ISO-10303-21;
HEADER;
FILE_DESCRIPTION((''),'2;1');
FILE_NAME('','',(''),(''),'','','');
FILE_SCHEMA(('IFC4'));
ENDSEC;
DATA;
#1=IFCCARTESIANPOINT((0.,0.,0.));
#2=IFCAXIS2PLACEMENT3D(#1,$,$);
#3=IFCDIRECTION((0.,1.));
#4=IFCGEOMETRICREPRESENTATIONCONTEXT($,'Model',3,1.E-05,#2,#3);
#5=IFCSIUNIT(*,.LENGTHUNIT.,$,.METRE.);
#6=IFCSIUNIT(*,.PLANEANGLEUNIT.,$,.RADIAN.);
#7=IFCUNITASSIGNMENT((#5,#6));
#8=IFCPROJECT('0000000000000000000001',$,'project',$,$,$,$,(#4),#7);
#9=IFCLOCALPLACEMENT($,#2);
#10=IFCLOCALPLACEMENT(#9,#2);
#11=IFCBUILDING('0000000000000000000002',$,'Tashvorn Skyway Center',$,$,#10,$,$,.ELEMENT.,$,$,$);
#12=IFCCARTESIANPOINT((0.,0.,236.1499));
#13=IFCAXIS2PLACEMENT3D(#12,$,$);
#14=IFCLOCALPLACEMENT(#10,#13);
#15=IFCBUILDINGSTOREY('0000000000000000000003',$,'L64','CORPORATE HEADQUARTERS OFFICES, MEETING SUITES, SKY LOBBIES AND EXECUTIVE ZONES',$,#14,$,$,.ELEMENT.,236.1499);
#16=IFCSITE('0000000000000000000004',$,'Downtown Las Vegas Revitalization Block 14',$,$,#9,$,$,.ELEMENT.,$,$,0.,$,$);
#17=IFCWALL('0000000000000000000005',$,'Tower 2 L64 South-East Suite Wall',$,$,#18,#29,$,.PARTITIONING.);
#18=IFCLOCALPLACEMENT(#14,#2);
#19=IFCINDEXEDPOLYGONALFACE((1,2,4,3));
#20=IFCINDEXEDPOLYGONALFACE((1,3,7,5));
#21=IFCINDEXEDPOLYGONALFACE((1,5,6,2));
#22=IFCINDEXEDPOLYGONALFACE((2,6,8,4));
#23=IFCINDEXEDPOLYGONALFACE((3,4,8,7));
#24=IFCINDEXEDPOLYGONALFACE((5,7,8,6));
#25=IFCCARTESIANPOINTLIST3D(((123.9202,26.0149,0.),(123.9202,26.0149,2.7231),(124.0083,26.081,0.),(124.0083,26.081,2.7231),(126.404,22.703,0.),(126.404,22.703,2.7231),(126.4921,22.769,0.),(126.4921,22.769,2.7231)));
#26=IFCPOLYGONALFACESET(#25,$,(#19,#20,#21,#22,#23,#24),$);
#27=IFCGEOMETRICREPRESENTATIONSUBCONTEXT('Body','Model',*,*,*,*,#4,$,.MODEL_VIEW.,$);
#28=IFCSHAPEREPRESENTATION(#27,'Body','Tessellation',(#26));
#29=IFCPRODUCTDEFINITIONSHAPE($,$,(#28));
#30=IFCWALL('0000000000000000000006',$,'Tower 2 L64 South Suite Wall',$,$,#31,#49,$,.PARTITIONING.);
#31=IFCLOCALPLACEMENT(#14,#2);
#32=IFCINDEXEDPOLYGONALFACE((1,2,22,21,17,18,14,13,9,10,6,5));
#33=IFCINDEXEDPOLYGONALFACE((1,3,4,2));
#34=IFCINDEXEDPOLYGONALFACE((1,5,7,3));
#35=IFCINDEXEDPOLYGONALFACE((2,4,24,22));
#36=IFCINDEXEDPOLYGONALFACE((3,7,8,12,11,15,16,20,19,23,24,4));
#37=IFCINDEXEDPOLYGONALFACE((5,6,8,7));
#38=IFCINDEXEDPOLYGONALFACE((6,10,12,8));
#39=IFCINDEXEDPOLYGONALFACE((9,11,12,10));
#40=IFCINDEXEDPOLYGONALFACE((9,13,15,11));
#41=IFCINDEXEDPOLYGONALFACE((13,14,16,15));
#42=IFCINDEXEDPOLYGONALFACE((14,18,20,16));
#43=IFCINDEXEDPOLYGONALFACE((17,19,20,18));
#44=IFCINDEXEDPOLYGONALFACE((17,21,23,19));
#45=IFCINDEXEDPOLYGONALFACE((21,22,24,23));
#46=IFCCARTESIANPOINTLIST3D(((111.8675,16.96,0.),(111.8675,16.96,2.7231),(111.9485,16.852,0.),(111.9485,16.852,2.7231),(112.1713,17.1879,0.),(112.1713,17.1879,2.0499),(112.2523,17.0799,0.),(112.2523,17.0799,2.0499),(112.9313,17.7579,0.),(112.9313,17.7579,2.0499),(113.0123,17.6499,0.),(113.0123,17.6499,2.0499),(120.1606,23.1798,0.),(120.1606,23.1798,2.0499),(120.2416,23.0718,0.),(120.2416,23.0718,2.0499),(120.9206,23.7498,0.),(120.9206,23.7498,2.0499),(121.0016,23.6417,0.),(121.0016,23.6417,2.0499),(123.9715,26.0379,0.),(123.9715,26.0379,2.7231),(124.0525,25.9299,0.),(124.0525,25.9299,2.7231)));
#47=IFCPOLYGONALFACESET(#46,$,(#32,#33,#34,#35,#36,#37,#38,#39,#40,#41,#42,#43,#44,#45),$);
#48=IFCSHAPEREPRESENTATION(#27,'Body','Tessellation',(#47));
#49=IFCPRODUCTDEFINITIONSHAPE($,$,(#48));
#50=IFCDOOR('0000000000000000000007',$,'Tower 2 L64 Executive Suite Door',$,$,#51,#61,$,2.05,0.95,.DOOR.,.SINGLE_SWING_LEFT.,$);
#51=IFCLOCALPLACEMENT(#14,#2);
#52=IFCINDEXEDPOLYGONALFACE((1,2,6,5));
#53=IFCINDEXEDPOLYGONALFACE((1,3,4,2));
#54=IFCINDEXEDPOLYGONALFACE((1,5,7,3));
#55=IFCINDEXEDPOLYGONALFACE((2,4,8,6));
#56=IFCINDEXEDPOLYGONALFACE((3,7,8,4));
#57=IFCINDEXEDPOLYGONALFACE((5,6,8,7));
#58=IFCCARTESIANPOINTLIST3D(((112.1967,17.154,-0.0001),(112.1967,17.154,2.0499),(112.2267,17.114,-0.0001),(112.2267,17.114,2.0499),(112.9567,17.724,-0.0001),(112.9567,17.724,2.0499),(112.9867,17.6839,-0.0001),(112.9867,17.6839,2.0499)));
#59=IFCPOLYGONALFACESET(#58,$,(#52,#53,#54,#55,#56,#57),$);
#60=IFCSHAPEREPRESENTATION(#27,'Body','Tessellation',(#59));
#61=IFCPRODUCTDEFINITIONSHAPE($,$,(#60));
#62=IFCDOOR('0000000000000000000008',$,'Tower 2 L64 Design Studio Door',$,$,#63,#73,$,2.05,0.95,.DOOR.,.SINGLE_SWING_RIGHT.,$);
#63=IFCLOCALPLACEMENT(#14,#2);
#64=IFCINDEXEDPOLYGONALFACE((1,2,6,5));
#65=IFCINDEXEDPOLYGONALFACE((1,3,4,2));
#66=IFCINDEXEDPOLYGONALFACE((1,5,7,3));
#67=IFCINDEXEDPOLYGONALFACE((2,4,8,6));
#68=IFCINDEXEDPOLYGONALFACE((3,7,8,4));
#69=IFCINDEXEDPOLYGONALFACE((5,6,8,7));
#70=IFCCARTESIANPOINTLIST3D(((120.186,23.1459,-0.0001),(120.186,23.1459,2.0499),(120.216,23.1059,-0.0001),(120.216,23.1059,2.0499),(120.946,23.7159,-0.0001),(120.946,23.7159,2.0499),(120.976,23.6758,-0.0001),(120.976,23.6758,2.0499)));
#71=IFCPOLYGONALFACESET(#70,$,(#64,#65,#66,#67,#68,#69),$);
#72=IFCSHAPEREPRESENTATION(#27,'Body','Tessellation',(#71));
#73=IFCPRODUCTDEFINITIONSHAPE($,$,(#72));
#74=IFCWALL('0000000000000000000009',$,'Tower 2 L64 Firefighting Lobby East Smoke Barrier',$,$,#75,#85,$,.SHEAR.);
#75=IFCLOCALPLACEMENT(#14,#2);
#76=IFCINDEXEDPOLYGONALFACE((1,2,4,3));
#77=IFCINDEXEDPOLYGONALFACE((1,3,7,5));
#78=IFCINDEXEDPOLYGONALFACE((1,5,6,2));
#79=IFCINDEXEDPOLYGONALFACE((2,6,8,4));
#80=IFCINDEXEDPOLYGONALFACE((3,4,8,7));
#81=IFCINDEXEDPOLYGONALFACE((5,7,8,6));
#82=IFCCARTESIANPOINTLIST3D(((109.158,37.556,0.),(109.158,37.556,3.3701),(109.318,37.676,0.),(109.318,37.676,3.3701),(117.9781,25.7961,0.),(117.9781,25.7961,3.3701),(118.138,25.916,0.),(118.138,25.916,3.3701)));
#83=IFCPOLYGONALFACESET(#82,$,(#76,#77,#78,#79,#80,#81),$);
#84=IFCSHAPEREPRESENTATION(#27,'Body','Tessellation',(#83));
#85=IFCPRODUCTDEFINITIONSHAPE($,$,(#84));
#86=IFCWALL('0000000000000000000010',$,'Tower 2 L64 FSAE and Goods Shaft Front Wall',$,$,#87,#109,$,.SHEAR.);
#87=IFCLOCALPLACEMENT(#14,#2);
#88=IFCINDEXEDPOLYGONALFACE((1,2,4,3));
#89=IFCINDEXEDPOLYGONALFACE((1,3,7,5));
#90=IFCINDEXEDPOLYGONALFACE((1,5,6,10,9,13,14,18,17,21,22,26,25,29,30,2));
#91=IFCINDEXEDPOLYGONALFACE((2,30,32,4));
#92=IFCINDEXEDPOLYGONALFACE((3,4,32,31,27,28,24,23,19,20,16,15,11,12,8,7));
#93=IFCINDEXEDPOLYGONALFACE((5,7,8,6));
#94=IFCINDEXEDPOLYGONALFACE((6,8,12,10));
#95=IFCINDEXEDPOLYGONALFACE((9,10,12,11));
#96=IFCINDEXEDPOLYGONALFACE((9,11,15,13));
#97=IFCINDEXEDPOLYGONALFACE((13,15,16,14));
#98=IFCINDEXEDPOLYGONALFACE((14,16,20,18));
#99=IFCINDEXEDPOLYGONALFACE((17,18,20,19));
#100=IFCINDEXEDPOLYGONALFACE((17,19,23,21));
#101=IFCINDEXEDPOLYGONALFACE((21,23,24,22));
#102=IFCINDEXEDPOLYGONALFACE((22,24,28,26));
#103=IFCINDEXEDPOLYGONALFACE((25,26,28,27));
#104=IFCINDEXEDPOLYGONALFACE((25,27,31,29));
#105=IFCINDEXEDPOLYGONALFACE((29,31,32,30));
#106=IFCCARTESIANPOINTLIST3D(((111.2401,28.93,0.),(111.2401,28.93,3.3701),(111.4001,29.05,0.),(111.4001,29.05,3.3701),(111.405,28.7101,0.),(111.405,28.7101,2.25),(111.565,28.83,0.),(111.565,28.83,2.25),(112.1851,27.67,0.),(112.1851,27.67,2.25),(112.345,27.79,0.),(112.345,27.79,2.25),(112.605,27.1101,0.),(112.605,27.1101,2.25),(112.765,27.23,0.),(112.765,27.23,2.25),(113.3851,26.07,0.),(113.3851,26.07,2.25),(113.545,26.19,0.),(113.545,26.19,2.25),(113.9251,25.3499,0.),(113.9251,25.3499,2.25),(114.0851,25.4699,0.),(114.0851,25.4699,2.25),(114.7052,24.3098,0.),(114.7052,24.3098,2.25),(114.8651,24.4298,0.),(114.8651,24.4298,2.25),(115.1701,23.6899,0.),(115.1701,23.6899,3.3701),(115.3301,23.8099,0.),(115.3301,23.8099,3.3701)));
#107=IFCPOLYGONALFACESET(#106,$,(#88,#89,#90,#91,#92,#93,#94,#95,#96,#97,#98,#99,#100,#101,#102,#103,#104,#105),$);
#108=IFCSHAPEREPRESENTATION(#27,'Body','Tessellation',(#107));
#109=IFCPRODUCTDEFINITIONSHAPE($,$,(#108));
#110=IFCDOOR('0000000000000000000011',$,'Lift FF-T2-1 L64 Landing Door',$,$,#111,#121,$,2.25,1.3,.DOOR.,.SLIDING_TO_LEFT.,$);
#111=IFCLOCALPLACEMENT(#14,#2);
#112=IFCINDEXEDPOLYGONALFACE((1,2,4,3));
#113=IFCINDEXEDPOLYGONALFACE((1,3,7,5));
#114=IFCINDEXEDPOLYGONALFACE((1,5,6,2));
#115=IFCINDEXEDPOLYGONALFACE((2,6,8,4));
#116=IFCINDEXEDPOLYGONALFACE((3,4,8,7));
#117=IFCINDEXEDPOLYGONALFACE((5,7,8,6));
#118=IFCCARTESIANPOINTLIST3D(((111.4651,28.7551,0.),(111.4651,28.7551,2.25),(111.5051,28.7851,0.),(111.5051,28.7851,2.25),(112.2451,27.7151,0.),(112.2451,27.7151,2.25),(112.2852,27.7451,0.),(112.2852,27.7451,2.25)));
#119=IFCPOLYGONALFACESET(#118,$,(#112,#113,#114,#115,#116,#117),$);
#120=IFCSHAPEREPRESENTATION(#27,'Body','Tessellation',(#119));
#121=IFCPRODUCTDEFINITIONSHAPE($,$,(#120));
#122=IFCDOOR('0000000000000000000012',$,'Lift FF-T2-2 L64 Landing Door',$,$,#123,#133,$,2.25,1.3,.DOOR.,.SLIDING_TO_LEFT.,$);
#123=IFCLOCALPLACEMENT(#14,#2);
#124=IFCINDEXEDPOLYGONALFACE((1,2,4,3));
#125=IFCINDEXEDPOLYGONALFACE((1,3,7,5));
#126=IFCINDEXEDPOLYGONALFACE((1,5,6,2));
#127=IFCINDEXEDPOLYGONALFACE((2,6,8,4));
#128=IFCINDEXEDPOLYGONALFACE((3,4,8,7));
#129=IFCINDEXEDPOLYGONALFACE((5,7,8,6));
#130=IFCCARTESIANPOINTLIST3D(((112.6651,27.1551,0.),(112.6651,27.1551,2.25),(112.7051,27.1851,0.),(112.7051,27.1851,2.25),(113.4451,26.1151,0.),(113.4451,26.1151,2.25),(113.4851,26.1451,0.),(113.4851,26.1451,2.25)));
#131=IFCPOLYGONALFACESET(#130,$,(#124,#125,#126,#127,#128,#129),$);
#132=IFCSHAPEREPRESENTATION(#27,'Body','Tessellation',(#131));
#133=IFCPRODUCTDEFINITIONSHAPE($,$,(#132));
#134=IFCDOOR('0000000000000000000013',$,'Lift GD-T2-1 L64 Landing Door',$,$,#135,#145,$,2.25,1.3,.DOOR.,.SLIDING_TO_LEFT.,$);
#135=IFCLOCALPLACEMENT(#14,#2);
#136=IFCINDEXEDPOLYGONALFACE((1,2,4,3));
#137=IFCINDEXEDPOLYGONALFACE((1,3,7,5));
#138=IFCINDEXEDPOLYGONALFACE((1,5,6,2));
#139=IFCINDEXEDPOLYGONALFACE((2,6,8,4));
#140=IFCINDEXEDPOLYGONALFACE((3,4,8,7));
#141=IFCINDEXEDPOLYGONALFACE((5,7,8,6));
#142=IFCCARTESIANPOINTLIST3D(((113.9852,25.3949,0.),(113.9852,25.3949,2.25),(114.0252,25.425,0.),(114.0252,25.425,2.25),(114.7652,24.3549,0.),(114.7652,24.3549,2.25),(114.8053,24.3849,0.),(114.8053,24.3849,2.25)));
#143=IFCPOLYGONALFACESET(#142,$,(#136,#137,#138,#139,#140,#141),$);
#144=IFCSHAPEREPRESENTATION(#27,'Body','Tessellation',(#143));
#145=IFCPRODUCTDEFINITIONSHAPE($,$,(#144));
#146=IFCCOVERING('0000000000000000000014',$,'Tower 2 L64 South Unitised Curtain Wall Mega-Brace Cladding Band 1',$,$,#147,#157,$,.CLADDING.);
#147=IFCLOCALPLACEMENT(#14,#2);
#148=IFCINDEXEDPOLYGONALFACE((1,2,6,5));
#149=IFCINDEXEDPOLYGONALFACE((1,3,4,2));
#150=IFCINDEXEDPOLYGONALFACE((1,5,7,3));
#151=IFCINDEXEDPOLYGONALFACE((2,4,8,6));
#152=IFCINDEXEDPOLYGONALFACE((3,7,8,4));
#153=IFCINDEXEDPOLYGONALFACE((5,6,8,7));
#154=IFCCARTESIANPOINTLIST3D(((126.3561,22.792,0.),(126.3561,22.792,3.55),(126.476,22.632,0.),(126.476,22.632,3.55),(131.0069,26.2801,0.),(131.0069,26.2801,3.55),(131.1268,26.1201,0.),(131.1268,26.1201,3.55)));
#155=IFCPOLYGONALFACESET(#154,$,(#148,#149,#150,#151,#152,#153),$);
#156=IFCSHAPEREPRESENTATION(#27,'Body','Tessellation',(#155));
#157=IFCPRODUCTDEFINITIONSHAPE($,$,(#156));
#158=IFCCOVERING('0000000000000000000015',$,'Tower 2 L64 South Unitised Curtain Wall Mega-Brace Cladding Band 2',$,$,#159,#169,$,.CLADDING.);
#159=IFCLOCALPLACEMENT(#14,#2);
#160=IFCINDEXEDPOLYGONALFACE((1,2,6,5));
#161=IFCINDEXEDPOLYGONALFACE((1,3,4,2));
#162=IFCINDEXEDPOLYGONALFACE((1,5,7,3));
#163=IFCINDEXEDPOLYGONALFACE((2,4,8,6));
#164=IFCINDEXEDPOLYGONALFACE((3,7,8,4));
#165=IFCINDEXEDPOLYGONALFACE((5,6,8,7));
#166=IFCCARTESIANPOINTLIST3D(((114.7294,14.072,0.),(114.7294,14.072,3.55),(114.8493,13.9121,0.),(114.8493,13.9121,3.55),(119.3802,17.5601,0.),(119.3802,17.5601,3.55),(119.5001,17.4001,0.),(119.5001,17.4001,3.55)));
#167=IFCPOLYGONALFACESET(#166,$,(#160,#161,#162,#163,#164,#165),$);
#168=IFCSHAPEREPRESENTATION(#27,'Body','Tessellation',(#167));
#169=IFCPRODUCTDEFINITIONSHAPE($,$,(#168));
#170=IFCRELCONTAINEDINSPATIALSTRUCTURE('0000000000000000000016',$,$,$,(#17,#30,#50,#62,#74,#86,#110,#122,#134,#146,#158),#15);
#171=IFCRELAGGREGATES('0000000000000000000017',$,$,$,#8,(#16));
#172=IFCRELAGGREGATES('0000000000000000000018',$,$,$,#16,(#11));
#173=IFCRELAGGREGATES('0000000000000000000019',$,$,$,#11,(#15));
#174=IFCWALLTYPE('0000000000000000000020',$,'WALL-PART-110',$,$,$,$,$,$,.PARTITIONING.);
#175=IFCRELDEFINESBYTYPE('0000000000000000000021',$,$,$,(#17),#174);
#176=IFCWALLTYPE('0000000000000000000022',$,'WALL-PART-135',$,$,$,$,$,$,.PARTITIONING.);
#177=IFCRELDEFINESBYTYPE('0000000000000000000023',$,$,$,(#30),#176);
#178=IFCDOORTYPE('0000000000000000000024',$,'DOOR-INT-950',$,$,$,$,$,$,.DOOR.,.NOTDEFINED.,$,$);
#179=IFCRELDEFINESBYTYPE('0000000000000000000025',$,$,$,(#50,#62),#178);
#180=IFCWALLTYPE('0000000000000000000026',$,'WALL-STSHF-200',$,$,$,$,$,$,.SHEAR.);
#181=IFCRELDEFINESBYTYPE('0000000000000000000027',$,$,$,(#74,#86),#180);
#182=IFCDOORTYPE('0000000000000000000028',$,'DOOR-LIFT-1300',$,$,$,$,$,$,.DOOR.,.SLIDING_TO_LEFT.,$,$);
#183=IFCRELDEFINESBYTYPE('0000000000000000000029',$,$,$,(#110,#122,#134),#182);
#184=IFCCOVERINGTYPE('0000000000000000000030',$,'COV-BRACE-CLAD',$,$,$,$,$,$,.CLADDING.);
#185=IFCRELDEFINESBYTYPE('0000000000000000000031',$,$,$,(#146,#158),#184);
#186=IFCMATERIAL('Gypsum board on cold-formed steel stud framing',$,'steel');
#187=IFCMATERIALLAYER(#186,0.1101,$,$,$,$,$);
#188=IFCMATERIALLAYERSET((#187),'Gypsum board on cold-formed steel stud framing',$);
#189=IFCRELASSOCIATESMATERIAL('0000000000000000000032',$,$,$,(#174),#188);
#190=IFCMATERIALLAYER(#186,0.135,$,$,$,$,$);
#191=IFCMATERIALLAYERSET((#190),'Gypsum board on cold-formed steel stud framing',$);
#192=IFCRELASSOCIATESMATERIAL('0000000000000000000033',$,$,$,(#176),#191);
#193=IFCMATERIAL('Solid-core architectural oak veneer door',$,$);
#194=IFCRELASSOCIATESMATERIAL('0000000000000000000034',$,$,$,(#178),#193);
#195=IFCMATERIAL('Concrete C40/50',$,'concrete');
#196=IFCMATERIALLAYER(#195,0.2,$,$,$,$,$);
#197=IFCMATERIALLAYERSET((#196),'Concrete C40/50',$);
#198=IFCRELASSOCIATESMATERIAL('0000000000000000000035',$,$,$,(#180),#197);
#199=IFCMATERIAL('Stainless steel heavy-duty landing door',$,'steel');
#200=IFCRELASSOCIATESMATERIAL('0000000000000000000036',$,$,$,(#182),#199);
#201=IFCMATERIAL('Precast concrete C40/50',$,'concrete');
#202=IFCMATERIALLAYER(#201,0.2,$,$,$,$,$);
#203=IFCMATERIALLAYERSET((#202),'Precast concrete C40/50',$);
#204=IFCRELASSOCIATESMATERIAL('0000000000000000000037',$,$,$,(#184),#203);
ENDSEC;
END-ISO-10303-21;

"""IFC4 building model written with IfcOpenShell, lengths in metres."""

from ifc_helpers import new_model, si_unit, direction, frame, frame_2d, origin, origin_2d, place, context, subcontext, project, spatial, rectangle, extrude, material, layer, layer_set, type_object, element, fill, save


model = new_model("IFC4")

# Units and contexts
model_context = context("Model", 3, precision=1e-05, world=origin(), true_north=direction((0.0, 1.0)))
body_context = subcontext(model_context, "Body", "Model", "MODEL_VIEW")
ifc_project = project(units=[si_unit("LENGTHUNIT", "METRE"), si_unit("PLANEANGLEUNIT", "RADIAN")], contexts=[model_context])

# Site, building, storey
site_placement = place(None, origin())
site = spatial("IfcSite", under=ifc_project, at=site_placement, Name="Downtown Las Vegas Revitalization Block 14", CompositionType="ELEMENT", RefElevation=0.0)
building_placement = place(site_placement, origin())
building = spatial("IfcBuilding", under=site, at=building_placement, Name="Tashvorn Skyway Center", CompositionType="ELEMENT")
storey_placement = place(building_placement, frame((0.0, 0.0, 236.1499)))
storey = spatial("IfcBuildingStorey", under=building, at=storey_placement, Name="L64", Description="CORPORATE HEADQUARTERS OFFICES, MEETING SUITES, SKY LOBBIES AND EXECUTIVE ZONES", CompositionType="ELEMENT", Elevation=236.1499)

# Shared definitions
ifc_material_1 = material(Name="Concrete C40/50", Category="concrete")

# Wall
ifc_material_2 = material(Name="Gypsum board on cold-formed steel stud framing", Category="steel")
ifc_layer_1 = layer(ifc_material_2, 0.1101)
ifc_layer_set_1 = layer_set([ifc_layer_1], Name="Gypsum board on cold-formed steel stud framing")
wall_type_1 = type_object("IfcWallType", Name="WALL-PART-110", PredefinedType="PARTITIONING", material=ifc_layer_set_1)
wall_1_placement = place(storey_placement, frame((126.448, 22.7361, 0.0), z_axis=(0.0, 0.0, 1.0), x_axis=(-0.599981, 0.800014, 0.0)))
element("IfcWall", 1, at=wall_1_placement, inside=storey, type_object=wall_type_1, Name="Tower 2 L64 South-East Suite Wall", PredefinedType="PARTITIONING", context=body_context, shape_type="SweptSolid", body=[
    extrude(rectangle(XDim=4.1399, YDim=0.1101, at=frame_2d((2.0698, 0.0))), origin(), (0.0, 0.0, 1.0), 2.7231),
])

# Wall, openings, doors
ifc_layer_2 = layer(ifc_material_2, 0.135)
ifc_layer_set_2 = layer_set([ifc_layer_2], Name="Gypsum board on cold-formed steel stud framing")
wall_type_2 = type_object("IfcWallType", Name="WALL-PART-135", PredefinedType="PARTITIONING", material=ifc_layer_set_2)
wall_2_placement = place(storey_placement, frame((124.012, 25.9839, 0.0), z_axis=(0.0, 0.0, 1.0), x_axis=(-0.800004, -0.599995, 0.0)))
wall_2 = element("IfcWall", 2, at=wall_2_placement, inside=storey, type_object=wall_type_2, Name="Tower 2 L64 South Suite Wall", PredefinedType="PARTITIONING", context=body_context, shape_type="SweptSolid", body=[
    extrude(rectangle(XDim=15.1299, YDim=0.135, at=frame_2d((7.5649, 0.0))), origin(), (0.0, 0.0, 1.0), 2.7231),
])
opening_1_placement = place(wall_2_placement, frame((13.8, 0.0, 0.0)))
opening_1 = element("IfcOpeningElement", 3, at=opening_1_placement, cuts=wall_2, PredefinedType="OPENING", context=body_context, shape_type="SweptSolid", body=[
    extrude(rectangle(XDim=0.95, YDim=2.05, at=frame_2d((0.4751, 1.0249))), frame((0.0, 0.0774, 0.0), z_axis=(0.0, -1.0, 0.0), x_axis=(1.0, 0.0, 0.0)), (0.0, 0.0, 1.0), 0.155),
])
opening_2_placement = place(wall_2_placement, frame((3.8135, 0.0, 0.0)))
opening_2 = element("IfcOpeningElement", 4, at=opening_2_placement, cuts=wall_2, PredefinedType="OPENING", context=body_context, shape_type="SweptSolid", body=[
    extrude(rectangle(XDim=0.95, YDim=2.05, at=frame_2d((0.4751, 1.0249))), frame((0.0, 0.0774, 0.0), z_axis=(0.0, -1.0, 0.0), x_axis=(1.0, 0.0, 0.0)), (0.0, 0.0, 1.0), 0.155),
])
ifc_material_3 = material(Name="Solid-core architectural oak veneer door")
door_type_1 = type_object("IfcDoorType", Name="DOOR-INT-950", OperationType="NOTDEFINED", PredefinedType="DOOR", material=ifc_material_3)
door_1_placement = place(opening_1_placement, origin())
door_1 = element("IfcDoor", 5, at=door_1_placement, inside=storey, type_object=door_type_1, Name="Tower 2 L64 Executive Suite Door", OperationType="SINGLE_SWING_LEFT", OverallHeight=2.05, OverallWidth=0.95, PredefinedType="DOOR", context=body_context, shape_type="SweptSolid", body=[
    extrude(rectangle(XDim=0.95, YDim=2.05, at=frame_2d((0.4751, 1.0249))), frame((0.0, 0.0249, 0.0), z_axis=(0.0, -1.0, 0.0), x_axis=(1.0, 0.0, 0.0)), (0.0, 0.0, 1.0), 0.05),
])
fill(opening_1, door_1)
door_2_placement = place(opening_2_placement, origin())
door_2 = element("IfcDoor", 6, at=door_2_placement, inside=storey, type_object=door_type_1, Name="Tower 2 L64 Design Studio Door", OperationType="SINGLE_SWING_RIGHT", OverallHeight=2.05, OverallWidth=0.95, PredefinedType="DOOR", context=body_context, shape_type="SweptSolid", body=[
    extrude(rectangle(XDim=0.95, YDim=2.05, at=frame_2d((0.4751, 1.0249))), frame((0.0, 0.0249, 0.0), z_axis=(0.0, -1.0, 0.0), x_axis=(1.0, 0.0, 0.0)), (0.0, 0.0, 1.0), 0.05),
])
fill(opening_2, door_2)

# Wall
ifc_layer_3 = layer(ifc_material_1, 0.2)
ifc_layer_set_3 = layer_set([ifc_layer_3], Name="Concrete C40/50")
wall_type_3 = type_object("IfcWallType", Name="WALL-STSHF-200", PredefinedType="SHEAR", material=ifc_layer_set_3)
wall_3_placement = place(storey_placement, frame((118.0581, 25.856, 0.0), z_axis=(0.0, 0.0, 1.0), x_axis=(-0.600003, 0.799998, 0.0)))
element("IfcWall", 7, at=wall_3_placement, inside=storey, type_object=wall_type_3, Name="Tower 2 L64 Firefighting Lobby East Smoke Barrier", PredefinedType="SHEAR", context=body_context, shape_type="SweptSolid", body=[
    extrude(rectangle(XDim=14.7, YDim=0.2, at=frame_2d((7.3501, 0.0))), origin(), (0.0, 0.0, 1.0), 3.3701),
])

# Wall, openings, doors
wall_4_placement = place(storey_placement, frame((115.25, 23.75, 0.0), z_axis=(0.0, 0.0, 1.0), x_axis=(-0.599994, 0.800004, 0.0)))
wall_4 = element("IfcWall", 8, at=wall_4_placement, inside=storey, type_object=wall_type_3, Name="Tower 2 L64 FSAE and Goods Shaft Front Wall", PredefinedType="SHEAR", context=body_context, shape_type="SweptSolid", body=[
    extrude(rectangle(XDim=6.55, YDim=0.2, at=frame_2d((3.2749, 0.0))), origin(), (0.0, 0.0, 1.0), 3.3701),
])
opening_3_placement = place(wall_4_placement, frame((4.9751, 0.0, 0.0)))
opening_3 = element("IfcOpeningElement", 9, at=opening_3_placement, cuts=wall_4, PredefinedType="OPENING", context=body_context, shape_type="SweptSolid", body=[
    extrude(rectangle(XDim=1.3, YDim=2.25, at=frame_2d((0.6499, 1.125))), frame((0.0, 0.1099, 0.0), z_axis=(0.0, -1.0, 0.0), x_axis=(1.0, 0.0, 0.0)), (0.0, 0.0, 1.0), 0.22),
])
opening_4_placement = place(wall_4_placement, frame((2.9751, 0.0, 0.0)))
opening_4 = element("IfcOpeningElement", 10, at=opening_4_placement, cuts=wall_4, PredefinedType="OPENING", context=body_context, shape_type="SweptSolid", body=[
    extrude(rectangle(XDim=1.3, YDim=2.25, at=frame_2d((0.6499, 1.125))), frame((0.0, 0.1099, 0.0), z_axis=(0.0, -1.0, 0.0), x_axis=(1.0, 0.0, 0.0)), (0.0, 0.0, 1.0), 0.22),
])
opening_5_placement = place(wall_4_placement, frame((0.7749, 0.0, 0.0)))
opening_5 = element("IfcOpeningElement", 11, at=opening_5_placement, cuts=wall_4, PredefinedType="OPENING", context=body_context, shape_type="SweptSolid", body=[
    extrude(rectangle(XDim=1.3, YDim=2.25, at=frame_2d((0.6499, 1.125))), frame((0.0, 0.1099, 0.0), z_axis=(0.0, -1.0, 0.0), x_axis=(1.0, 0.0, 0.0)), (0.0, 0.0, 1.0), 0.22),
])
ifc_material_4 = material(Name="Stainless steel heavy-duty landing door", Category="steel")
door_type_2 = type_object("IfcDoorType", Name="DOOR-LIFT-1300", OperationType="SLIDING_TO_LEFT", PredefinedType="DOOR", material=ifc_material_4)
door_3_placement = place(opening_3_placement, origin())
door_3 = element("IfcDoor", 12, at=door_3_placement, inside=storey, type_object=door_type_2, Name="Lift FF-T2-1 L64 Landing Door", OperationType="SLIDING_TO_LEFT", OverallHeight=2.25, OverallWidth=1.3, PredefinedType="DOOR", context=body_context, shape_type="SweptSolid", body=[
    extrude(rectangle(XDim=1.3, YDim=2.25, at=frame_2d((0.6499, 1.125))), frame((0.0, 0.0249, 0.0), z_axis=(0.0, -1.0, 0.0), x_axis=(1.0, 0.0, 0.0)), (0.0, 0.0, 1.0), 0.05),
])
fill(opening_3, door_3)
door_4_placement = place(opening_4_placement, origin())
door_4 = element("IfcDoor", 13, at=door_4_placement, inside=storey, type_object=door_type_2, Name="Lift FF-T2-2 L64 Landing Door", OperationType="SLIDING_TO_LEFT", OverallHeight=2.25, OverallWidth=1.3, PredefinedType="DOOR", context=body_context, shape_type="SweptSolid", body=[
    extrude(rectangle(XDim=1.3, YDim=2.25, at=frame_2d((0.6499, 1.125))), frame((0.0, 0.0249, 0.0), z_axis=(0.0, -1.0, 0.0), x_axis=(1.0, 0.0, 0.0)), (0.0, 0.0, 1.0), 0.05),
])
fill(opening_4, door_4)
door_5_placement = place(opening_5_placement, origin())
door_5 = element("IfcDoor", 14, at=door_5_placement, inside=storey, type_object=door_type_2, Name="Lift GD-T2-1 L64 Landing Door", OperationType="SLIDING_TO_LEFT", OverallHeight=2.25, OverallWidth=1.3, PredefinedType="DOOR", context=body_context, shape_type="SweptSolid", body=[
    extrude(rectangle(XDim=1.3, YDim=2.25, at=frame_2d((0.6499, 1.125))), frame((0.0, 0.0249, 0.0), z_axis=(0.0, -1.0, 0.0), x_axis=(1.0, 0.0, 0.0)), (0.0, 0.0, 1.0), 0.05),
])
fill(opening_5, door_5)

# Coverings
ifc_material_5 = material(Name="Precast concrete C40/50", Category="concrete")
ifc_layer_4 = layer(ifc_material_5, 0.2)
ifc_layer_set_4 = layer_set([ifc_layer_4], Name="Precast concrete C40/50")
covering_type_1 = type_object("IfcCoveringType", Name="COV-BRACE-CLAD", PredefinedType="CLADDING", material=ifc_layer_set_4)
for number, where, z_axis, x_axis, name in (
    (15, (128.7415, 24.4561, 0.0), (0.0, 0.0, 1.0), (-0.8, -0.6, 0.0), "Tower 2 L64 South Unitised Curtain Wall Mega-Brace Cladding Band 1"),
    (16, (117.1147, 15.7361, 0.0), (0.0, 0.0, 1.0), (-0.8, -0.6, 0.0), "Tower 2 L64 South Unitised Curtain Wall Mega-Brace Cladding Band 2"),
):
    element("IfcCovering", number, at=place(storey_placement, frame(where, z_axis=z_axis, x_axis=x_axis)), inside=storey, type_object=covering_type_1, Name=name, PredefinedType="CLADDING", context=body_context, shape_type="SweptSolid", body=[
        extrude(rectangle(XDim=5.8135, YDim=0.2, at=origin_2d()), origin(), (0.0, 0.0, 1.0), 3.55),
    ])

save(model, "model.ifc")
